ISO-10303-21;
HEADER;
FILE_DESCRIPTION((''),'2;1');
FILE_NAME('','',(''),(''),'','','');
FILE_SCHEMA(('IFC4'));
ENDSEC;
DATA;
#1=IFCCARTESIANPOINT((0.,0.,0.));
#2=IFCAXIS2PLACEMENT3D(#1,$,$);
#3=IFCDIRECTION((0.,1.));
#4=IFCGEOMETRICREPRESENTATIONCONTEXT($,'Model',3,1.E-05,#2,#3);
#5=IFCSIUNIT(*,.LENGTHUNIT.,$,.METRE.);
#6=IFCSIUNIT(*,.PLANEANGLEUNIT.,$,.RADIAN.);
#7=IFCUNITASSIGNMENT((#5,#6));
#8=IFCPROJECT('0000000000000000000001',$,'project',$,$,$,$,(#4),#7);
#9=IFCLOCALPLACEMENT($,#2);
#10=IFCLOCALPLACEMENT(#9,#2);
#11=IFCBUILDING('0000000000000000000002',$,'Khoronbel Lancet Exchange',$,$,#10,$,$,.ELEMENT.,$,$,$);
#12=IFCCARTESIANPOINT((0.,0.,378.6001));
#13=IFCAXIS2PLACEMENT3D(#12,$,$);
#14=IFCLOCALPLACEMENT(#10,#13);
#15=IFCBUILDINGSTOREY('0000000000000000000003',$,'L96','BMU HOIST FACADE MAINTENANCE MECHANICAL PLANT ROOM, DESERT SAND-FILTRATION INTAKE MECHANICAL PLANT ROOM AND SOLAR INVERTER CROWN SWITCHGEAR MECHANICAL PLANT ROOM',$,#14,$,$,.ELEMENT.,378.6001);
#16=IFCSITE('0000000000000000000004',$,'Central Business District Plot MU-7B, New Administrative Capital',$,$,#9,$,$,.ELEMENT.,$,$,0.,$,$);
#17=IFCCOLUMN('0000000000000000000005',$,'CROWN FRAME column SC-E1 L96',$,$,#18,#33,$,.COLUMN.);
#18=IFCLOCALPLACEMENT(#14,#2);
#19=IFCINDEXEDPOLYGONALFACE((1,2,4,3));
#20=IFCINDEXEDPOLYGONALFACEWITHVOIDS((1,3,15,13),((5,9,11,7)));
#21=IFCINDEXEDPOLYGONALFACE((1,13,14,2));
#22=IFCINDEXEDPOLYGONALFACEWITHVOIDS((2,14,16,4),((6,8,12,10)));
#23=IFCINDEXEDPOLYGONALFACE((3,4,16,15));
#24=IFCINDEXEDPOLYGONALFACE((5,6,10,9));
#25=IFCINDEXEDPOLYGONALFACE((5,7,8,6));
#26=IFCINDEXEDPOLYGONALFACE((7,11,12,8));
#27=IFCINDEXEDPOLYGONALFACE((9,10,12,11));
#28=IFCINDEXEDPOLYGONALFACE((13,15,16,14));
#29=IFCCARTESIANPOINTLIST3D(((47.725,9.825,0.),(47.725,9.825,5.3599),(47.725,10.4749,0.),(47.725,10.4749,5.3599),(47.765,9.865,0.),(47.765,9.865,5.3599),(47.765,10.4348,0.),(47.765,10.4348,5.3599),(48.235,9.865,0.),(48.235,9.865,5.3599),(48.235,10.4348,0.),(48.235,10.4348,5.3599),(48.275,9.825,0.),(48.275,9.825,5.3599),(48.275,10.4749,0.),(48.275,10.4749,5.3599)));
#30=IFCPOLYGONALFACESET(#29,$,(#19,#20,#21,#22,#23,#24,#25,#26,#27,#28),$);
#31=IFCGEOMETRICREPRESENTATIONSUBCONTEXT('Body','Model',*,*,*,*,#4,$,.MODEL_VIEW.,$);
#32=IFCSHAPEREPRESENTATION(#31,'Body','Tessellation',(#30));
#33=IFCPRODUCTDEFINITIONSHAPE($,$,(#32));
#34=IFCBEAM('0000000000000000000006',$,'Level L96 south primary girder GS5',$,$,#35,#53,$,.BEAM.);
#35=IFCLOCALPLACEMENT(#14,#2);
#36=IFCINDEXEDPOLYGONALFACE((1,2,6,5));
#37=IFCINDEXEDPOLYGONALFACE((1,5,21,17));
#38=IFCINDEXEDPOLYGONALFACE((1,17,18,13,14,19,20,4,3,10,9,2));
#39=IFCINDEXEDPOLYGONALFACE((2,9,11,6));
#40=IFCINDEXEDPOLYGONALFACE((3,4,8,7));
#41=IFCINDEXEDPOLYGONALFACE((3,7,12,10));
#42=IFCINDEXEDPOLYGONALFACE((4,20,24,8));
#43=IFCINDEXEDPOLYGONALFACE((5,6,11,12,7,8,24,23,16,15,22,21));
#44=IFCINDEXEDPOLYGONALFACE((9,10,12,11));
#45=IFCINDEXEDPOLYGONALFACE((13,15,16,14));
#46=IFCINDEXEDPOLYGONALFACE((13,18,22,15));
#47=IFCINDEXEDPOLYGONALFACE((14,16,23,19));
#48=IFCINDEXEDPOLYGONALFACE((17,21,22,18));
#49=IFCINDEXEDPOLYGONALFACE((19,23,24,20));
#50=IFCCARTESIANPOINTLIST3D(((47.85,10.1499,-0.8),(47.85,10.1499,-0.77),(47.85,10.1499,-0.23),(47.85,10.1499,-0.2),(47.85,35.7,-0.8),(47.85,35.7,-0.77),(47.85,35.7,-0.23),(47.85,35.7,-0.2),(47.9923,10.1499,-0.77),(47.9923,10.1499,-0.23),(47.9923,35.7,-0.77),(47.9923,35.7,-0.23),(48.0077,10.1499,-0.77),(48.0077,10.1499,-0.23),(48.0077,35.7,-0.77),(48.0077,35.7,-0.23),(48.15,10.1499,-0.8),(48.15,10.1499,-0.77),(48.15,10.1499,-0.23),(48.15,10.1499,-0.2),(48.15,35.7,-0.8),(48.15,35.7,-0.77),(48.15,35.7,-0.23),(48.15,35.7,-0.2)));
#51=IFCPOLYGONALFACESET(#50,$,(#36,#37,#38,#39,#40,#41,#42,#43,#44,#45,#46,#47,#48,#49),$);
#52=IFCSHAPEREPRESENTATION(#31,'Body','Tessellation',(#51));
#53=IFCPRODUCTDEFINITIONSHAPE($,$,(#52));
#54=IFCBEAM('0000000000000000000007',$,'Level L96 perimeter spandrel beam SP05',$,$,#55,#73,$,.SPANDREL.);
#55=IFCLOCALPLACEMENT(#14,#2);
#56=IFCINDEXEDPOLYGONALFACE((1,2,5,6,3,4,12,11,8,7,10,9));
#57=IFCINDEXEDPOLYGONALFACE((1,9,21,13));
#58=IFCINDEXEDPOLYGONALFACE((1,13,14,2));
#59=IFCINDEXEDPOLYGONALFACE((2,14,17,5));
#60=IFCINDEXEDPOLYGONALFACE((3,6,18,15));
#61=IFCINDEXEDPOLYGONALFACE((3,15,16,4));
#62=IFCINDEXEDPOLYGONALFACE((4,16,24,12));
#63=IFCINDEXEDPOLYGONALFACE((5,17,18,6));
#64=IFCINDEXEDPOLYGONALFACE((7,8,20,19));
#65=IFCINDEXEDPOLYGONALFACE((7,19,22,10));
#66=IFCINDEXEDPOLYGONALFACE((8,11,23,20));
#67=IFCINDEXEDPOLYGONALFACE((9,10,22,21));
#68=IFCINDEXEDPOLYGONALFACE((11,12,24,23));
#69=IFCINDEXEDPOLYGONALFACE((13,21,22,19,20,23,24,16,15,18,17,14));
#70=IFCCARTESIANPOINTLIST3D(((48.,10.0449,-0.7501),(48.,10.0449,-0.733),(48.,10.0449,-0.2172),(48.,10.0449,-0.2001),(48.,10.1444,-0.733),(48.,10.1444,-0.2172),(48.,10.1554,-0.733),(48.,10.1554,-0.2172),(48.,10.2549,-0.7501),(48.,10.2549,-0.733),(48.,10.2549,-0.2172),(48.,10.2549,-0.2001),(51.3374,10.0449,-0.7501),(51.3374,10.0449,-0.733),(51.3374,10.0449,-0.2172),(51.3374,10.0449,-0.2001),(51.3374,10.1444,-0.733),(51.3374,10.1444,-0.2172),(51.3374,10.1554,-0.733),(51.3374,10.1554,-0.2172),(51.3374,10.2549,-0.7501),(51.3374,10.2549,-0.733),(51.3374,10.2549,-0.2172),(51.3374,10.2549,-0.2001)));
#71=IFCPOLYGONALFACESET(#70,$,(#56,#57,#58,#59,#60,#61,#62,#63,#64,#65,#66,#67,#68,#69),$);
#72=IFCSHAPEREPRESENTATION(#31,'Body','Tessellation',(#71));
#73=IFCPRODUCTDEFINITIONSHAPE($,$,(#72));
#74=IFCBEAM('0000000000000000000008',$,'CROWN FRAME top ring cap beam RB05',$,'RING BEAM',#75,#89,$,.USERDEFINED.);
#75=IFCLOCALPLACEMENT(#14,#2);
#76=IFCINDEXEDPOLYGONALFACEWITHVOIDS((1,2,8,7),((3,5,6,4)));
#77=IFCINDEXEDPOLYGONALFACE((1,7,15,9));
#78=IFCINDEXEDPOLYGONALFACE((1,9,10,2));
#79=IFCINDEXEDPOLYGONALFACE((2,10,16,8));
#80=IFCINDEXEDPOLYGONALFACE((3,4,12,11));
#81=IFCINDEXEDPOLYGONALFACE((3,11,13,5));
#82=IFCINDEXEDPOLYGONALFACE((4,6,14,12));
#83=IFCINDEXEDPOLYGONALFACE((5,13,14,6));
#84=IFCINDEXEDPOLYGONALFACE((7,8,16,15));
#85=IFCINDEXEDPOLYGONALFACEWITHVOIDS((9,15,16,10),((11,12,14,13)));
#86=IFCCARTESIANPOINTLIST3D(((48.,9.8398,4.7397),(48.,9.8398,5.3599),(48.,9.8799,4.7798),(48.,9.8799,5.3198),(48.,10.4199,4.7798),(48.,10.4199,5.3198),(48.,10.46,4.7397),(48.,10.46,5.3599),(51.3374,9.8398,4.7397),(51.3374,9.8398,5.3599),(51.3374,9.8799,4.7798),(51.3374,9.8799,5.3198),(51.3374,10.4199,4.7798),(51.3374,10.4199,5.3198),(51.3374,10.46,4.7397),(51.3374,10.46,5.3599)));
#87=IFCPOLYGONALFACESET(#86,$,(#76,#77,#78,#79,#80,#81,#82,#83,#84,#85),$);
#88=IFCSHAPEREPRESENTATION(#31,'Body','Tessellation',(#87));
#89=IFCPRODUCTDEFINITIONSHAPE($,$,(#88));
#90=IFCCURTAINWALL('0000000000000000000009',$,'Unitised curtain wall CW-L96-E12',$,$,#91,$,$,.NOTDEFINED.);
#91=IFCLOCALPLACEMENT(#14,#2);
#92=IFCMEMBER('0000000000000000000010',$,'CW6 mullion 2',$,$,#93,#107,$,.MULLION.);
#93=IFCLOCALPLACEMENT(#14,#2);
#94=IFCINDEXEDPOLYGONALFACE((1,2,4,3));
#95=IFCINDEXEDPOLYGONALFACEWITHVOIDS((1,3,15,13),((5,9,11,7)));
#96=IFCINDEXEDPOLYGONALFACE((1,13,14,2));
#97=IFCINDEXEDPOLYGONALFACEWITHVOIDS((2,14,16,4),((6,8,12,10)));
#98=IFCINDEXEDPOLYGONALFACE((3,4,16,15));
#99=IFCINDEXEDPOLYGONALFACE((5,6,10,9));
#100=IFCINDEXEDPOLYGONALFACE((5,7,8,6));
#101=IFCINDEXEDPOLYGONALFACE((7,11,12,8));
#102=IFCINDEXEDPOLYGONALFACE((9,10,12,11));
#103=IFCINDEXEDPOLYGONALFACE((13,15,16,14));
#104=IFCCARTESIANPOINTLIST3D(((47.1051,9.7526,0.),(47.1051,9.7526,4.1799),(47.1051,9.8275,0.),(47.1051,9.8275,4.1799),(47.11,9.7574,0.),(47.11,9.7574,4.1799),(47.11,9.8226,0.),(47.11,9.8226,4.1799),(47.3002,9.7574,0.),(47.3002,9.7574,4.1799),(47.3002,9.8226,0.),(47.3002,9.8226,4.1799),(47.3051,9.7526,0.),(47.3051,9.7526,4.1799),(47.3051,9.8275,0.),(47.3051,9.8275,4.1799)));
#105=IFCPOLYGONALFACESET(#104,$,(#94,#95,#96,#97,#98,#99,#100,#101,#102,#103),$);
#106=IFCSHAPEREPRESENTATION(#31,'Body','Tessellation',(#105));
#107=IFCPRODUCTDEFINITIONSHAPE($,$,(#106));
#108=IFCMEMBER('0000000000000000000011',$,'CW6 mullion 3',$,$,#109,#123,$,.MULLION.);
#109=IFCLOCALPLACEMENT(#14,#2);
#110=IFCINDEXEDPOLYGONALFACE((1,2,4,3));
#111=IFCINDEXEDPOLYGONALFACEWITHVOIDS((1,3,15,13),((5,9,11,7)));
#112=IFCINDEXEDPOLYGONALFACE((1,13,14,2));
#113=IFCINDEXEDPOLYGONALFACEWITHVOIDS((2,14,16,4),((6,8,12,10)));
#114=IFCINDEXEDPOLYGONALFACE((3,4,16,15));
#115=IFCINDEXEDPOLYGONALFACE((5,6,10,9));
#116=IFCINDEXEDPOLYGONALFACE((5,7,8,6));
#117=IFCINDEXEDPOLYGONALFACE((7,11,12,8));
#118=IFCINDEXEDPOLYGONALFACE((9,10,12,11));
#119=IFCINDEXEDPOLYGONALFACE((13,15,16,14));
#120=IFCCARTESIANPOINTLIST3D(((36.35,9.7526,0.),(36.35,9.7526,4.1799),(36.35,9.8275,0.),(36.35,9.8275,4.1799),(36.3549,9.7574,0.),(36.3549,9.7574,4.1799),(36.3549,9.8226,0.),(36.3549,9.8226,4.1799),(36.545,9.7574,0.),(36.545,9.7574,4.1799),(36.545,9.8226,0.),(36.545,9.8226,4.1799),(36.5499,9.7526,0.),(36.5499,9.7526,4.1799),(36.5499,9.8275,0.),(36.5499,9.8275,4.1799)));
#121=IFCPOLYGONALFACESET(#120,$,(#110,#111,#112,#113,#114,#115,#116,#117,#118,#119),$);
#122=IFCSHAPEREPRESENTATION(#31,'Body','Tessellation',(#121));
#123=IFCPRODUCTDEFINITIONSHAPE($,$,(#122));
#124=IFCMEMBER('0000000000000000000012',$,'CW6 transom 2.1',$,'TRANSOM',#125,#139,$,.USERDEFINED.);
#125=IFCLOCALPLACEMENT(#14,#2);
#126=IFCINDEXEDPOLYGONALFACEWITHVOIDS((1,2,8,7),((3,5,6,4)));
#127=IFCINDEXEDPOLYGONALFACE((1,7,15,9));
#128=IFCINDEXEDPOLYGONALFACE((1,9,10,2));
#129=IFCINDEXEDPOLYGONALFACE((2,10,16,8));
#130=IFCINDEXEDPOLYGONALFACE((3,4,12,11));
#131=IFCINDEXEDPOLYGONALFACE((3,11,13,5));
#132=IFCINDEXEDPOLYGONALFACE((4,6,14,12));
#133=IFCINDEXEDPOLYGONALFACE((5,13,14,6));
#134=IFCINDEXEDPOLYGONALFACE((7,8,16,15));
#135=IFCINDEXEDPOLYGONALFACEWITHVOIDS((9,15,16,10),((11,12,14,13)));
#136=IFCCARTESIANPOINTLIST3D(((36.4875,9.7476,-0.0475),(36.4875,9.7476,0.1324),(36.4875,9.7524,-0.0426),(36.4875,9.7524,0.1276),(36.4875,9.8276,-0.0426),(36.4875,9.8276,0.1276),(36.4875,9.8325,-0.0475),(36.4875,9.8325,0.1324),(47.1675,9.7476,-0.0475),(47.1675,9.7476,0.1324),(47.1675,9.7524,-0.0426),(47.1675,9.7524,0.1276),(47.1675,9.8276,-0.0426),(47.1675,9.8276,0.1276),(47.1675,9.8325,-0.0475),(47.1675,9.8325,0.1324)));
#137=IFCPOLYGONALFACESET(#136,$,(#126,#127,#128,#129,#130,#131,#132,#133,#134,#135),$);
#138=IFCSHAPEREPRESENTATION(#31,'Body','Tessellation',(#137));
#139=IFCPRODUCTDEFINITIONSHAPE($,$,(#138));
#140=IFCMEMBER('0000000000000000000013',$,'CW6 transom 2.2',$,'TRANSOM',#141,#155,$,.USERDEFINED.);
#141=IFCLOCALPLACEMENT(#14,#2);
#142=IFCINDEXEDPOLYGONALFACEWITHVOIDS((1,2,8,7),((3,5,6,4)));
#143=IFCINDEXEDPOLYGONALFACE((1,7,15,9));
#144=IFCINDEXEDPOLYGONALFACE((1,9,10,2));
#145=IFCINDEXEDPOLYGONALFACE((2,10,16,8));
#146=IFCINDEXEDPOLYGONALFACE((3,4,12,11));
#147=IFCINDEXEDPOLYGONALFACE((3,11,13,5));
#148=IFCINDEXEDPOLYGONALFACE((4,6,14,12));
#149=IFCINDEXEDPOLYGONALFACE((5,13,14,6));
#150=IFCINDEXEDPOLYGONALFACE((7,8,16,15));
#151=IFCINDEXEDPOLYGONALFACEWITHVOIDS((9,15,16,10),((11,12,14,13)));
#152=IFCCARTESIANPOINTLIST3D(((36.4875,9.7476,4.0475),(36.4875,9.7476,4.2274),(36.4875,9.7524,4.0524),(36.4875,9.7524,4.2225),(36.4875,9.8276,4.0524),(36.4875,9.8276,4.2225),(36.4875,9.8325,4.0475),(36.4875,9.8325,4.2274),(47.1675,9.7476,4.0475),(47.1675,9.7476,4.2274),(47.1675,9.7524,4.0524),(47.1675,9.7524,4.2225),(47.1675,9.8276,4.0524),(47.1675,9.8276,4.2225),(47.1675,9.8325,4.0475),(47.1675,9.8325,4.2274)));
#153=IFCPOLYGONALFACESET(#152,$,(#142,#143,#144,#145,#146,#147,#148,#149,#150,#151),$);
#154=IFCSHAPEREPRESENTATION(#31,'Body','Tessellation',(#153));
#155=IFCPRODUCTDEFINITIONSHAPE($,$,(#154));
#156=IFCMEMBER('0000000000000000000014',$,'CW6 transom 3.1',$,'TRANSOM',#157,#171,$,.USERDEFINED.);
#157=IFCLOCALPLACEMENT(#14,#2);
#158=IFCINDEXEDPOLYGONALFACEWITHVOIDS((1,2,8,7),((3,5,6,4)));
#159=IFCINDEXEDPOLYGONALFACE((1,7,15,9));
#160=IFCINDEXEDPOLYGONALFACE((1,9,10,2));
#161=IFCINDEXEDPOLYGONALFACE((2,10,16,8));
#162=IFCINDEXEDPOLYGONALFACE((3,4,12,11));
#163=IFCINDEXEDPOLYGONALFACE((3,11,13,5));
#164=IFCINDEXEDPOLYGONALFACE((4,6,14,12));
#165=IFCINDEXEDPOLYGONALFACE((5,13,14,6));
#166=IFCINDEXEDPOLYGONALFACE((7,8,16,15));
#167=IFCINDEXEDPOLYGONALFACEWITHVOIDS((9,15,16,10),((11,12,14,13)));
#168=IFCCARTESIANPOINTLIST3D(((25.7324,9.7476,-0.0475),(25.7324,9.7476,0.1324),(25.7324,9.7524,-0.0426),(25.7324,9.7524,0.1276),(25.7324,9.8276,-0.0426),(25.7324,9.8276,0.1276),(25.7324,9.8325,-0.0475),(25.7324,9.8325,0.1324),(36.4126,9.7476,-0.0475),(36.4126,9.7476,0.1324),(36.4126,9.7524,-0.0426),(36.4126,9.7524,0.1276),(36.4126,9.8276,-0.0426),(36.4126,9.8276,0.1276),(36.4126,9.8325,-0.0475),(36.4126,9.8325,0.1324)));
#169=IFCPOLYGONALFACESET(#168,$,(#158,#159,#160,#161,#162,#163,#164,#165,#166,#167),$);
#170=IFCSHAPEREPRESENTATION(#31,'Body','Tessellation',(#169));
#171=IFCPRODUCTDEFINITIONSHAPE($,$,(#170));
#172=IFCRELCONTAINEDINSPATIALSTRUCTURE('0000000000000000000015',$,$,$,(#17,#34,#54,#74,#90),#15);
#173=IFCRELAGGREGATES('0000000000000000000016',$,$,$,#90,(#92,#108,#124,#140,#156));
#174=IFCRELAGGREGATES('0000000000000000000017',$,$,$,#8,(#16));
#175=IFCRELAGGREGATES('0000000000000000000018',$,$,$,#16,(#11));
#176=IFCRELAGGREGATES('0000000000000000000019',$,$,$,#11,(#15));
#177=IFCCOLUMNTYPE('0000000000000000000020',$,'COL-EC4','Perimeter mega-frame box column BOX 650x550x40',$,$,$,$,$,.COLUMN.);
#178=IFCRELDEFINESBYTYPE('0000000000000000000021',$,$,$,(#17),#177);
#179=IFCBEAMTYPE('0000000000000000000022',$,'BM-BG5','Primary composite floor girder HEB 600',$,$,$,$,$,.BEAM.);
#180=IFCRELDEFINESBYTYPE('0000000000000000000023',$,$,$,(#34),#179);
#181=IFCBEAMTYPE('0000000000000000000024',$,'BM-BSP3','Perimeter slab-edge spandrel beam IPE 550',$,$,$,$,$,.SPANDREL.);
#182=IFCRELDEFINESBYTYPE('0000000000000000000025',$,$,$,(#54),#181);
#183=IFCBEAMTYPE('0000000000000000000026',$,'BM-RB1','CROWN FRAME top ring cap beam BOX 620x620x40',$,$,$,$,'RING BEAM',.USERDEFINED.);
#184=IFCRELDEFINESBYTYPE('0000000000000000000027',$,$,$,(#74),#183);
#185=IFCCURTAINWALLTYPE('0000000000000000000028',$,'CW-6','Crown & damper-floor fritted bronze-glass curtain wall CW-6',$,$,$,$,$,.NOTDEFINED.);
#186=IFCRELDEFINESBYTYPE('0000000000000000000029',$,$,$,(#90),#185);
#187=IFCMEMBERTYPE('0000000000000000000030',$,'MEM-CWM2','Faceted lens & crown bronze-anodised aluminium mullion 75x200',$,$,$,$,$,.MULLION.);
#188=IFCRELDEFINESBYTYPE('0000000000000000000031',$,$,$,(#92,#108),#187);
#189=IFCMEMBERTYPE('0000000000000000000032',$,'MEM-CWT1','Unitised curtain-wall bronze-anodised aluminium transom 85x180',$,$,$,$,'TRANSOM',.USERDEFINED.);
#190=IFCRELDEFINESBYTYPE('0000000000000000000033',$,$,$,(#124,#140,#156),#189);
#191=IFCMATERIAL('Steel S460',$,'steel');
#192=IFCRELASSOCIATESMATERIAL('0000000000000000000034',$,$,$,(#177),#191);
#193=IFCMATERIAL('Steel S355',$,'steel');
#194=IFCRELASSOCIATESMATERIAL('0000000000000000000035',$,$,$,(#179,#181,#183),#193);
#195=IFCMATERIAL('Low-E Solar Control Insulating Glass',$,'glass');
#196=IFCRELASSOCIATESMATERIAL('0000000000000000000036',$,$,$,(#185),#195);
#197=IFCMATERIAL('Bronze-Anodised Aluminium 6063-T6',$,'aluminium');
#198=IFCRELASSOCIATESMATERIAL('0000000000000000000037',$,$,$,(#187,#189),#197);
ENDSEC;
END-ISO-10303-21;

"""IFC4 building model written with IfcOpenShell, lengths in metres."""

from ifc_helpers import new_model, si_unit, direction, frame, origin, origin_2d, place, context, subcontext, project, spatial, hollow_rectangle, i_section, extrude, material, material_profile, profile_set, type_object, element, aggregate, save


model = new_model("IFC4")

# Units and contexts
model_context = context("Model", 3, precision=1e-05, world=origin(), true_north=direction((0.0, 1.0)))
body_context = subcontext(model_context, "Body", "Model", "MODEL_VIEW")
ifc_project = project(units=[si_unit("LENGTHUNIT", "METRE"), si_unit("PLANEANGLEUNIT", "RADIAN")], contexts=[model_context])

# Site, building, storey
site_placement = place(None, origin())
site = spatial("IfcSite", under=ifc_project, at=site_placement, Name="Central Business District Plot MU-7B, New Administrative Capital", CompositionType="ELEMENT", RefElevation=0.0)
building_placement = place(site_placement, origin())
building = spatial("IfcBuilding", under=site, at=building_placement, Name="Khoronbel Lancet Exchange", CompositionType="ELEMENT")
storey_placement = place(building_placement, frame((0.0, 0.0, 378.6001)))
storey = spatial("IfcBuildingStorey", under=building, at=storey_placement, Name="L96", Description="BMU HOIST FACADE MAINTENANCE MECHANICAL PLANT ROOM, DESERT SAND-FILTRATION INTAKE MECHANICAL PLANT ROOM AND SOLAR INVERTER CROWN SWITCHGEAR MECHANICAL PLANT ROOM", CompositionType="ELEMENT", Elevation=378.6001)

# Column
ifc_material_1 = material(Name="Steel S460", Category="steel")
ifc_material_profile_1 = material_profile(ifc_material_1, hollow_rectangle(XDim=0.55, YDim=0.6499, WallThickness=0.04, at=origin_2d()), Name="BOX 650x550x40")
ifc_profile_set_1 = profile_set([ifc_material_profile_1], Name="Steel S460")
column_type = type_object("IfcColumnType", Name="COL-EC4", Description="Perimeter mega-frame box column BOX 650x550x40", PredefinedType="COLUMN", material=ifc_profile_set_1)
column_placement = place(storey_placement, frame((48.0, 10.1499, 0.0), z_axis=(0.0, 0.0, 1.0), x_axis=(1.0, 0.0, 0.0)))
element("IfcColumn", 1, at=column_placement, inside=storey, type_object=column_type, Name="CROWN FRAME column SC-E1 L96", PredefinedType="COLUMN", context=body_context, shape_type="SweptSolid", body=[
    extrude(hollow_rectangle(XDim=0.55, YDim=0.6499, WallThickness=0.04, at=origin_2d()), origin(), (0.0, 0.0, 1.0), 5.3599),
])

# Beams
ifc_material_2 = material(Name="Steel S355", Category="steel")
ifc_material_profile_2 = material_profile(ifc_material_2, i_section(OverallWidth=0.3, OverallDepth=0.6001, WebThickness=0.0154, FlangeThickness=0.03, at=origin_2d()), Name="HEB 600")
ifc_profile_set_2 = profile_set([ifc_material_profile_2], Name="Steel S355")
beam_type_1 = type_object("IfcBeamType", Name="BM-BG5", Description="Primary composite floor girder HEB 600", PredefinedType="BEAM", material=ifc_profile_set_2)
beam_1_placement = place(storey_placement, frame((48.0, 10.1499, -0.5), z_axis=(0.0, 1.0, 0.0), x_axis=(-1.0, 0.0, 0.0)))
element("IfcBeam", 2, at=beam_1_placement, inside=storey, type_object=beam_type_1, Name="Level L96 south primary girder GS5", PredefinedType="BEAM", context=body_context, shape_type="SweptSolid", body=[
    extrude(i_section(OverallWidth=0.3, OverallDepth=0.6001, WebThickness=0.0154, FlangeThickness=0.03, at=origin_2d()), origin(), (0.0, 0.0, 1.0), 25.55),
])
ifc_material_profile_3 = material_profile(ifc_material_2, i_section(OverallWidth=0.21, OverallDepth=0.55, WebThickness=0.011, FlangeThickness=0.0171, at=origin_2d()), Name="IPE 550")
ifc_profile_set_3 = profile_set([ifc_material_profile_3], Name="Steel S355")
beam_type_2 = type_object("IfcBeamType", Name="BM-BSP3", Description="Perimeter slab-edge spandrel beam IPE 550", PredefinedType="SPANDREL", material=ifc_profile_set_3)
beam_2_placement = place(storey_placement, frame((48.0, 10.1499, -0.4751), z_axis=(1.0, 0.0, 0.0), x_axis=(0.0, 1.0, 0.0)))
element("IfcBeam", 3, at=beam_2_placement, inside=storey, type_object=beam_type_2, Name="Level L96 perimeter spandrel beam SP05", PredefinedType="SPANDREL", context=body_context, shape_type="SweptSolid", body=[
    extrude(i_section(OverallWidth=0.21, OverallDepth=0.55, WebThickness=0.011, FlangeThickness=0.0171, at=origin_2d()), origin(), (0.0, 0.0, 1.0), 3.3374),
])
ifc_material_profile_4 = material_profile(ifc_material_2, hollow_rectangle(XDim=0.6201, YDim=0.6201, WallThickness=0.04, at=origin_2d()), Name="BOX 620x620x40")
ifc_profile_set_4 = profile_set([ifc_material_profile_4], Name="Steel S355")
beam_type_3 = type_object("IfcBeamType", Name="BM-RB1", Description="CROWN FRAME top ring cap beam BOX 620x620x40", ElementType="RING BEAM", PredefinedType="USERDEFINED", material=ifc_profile_set_4)
beam_3_placement = place(storey_placement, frame((48.0, 10.1499, 5.0498), z_axis=(1.0, 0.0, 0.0), x_axis=(0.0, 1.0, 0.0)))
element("IfcBeam", 4, at=beam_3_placement, inside=storey, type_object=beam_type_3, Name="CROWN FRAME top ring cap beam RB05", ObjectType="RING BEAM", PredefinedType="USERDEFINED", context=body_context, shape_type="SweptSolid", body=[
    extrude(hollow_rectangle(XDim=0.6201, YDim=0.6201, WallThickness=0.04, at=origin_2d()), origin(), (0.0, 0.0, 1.0), 3.3374),
])

# Curtain wall, members
ifc_material_3 = material(Name="Low-E Solar Control Insulating Glass", Category="glass")
curtain_wall_type = type_object("IfcCurtainWallType", Name="CW-6", Description="Crown & damper-floor fritted bronze-glass curtain wall CW-6", PredefinedType="NOTDEFINED", material=ifc_material_3)
curtain_wall_placement = place(storey_placement, origin())
curtain_wall = element("IfcCurtainWall", 5, at=curtain_wall_placement, inside=storey, type_object=curtain_wall_type, Name="Unitised curtain wall CW-L96-E12", PredefinedType="NOTDEFINED")
ifc_material_4 = material(Name="Bronze-Anodised Aluminium 6063-T6", Category="aluminium")
ifc_material_profile_5 = material_profile(ifc_material_4, hollow_rectangle(XDim=0.075, YDim=0.2, WallThickness=0.0049, at=origin_2d()), Name="ALU MULLION 75x200")
ifc_profile_set_5 = profile_set([ifc_material_profile_5], Name="Bronze-Anodised Aluminium 6063-T6")
member_type_1 = type_object("IfcMemberType", Name="MEM-CWM2", Description="Faceted lens & crown bronze-anodised aluminium mullion 75x200", PredefinedType="MULLION", material=ifc_profile_set_5)
member_1_placement = place(storey_placement, frame((47.2051, 9.79, 0.0), z_axis=(0.0, 0.0, 1.0), x_axis=(0.0, -1.0, 0.0)))
member_1 = element("IfcMember", 6, at=member_1_placement, type_object=member_type_1, Name="CW6 mullion 2", PredefinedType="MULLION", context=body_context, shape_type="SweptSolid", body=[
    extrude(hollow_rectangle(XDim=0.075, YDim=0.2, WallThickness=0.0049, at=origin_2d()), origin(), (0.0, 0.0, 1.0), 4.1799),
])
member_2_placement = place(storey_placement, frame((36.45, 9.79, 0.0), z_axis=(0.0, 0.0, 1.0), x_axis=(0.0, -1.0, 0.0)))
member_2 = element("IfcMember", 7, at=member_2_placement, type_object=member_type_1, Name="CW6 mullion 3", PredefinedType="MULLION", context=body_context, shape_type="SweptSolid", body=[
    extrude(hollow_rectangle(XDim=0.075, YDim=0.2, WallThickness=0.0049, at=origin_2d()), origin(), (0.0, 0.0, 1.0), 4.1799),
])
ifc_material_profile_6 = material_profile(ifc_material_4, hollow_rectangle(XDim=0.085, YDim=0.1799, WallThickness=0.0049, at=origin_2d()), Name="ALU TRANSOM 85x180")
ifc_profile_set_6 = profile_set([ifc_material_profile_6], Name="Bronze-Anodised Aluminium 6063-T6")
member_type_2 = type_object("IfcMemberType", Name="MEM-CWT1", Description="Unitised curtain-wall bronze-anodised aluminium transom 85x180", ElementType="TRANSOM", PredefinedType="USERDEFINED", material=ifc_profile_set_6)
member_3_placement = place(storey_placement, frame((47.1675, 9.79, 0.0425), z_axis=(-1.0, 0.0, 0.0), x_axis=(0.0, -1.0, 0.0)))
member_3 = element("IfcMember", 8, at=member_3_placement, type_object=member_type_2, Name="CW6 transom 2.1", ObjectType="TRANSOM", PredefinedType="USERDEFINED", context=body_context, shape_type="SweptSolid", body=[
    extrude(hollow_rectangle(XDim=0.085, YDim=0.1799, WallThickness=0.0049, at=origin_2d()), origin(), (0.0, 0.0, 1.0), 10.6799),
])
member_4_placement = place(storey_placement, frame((47.1675, 9.79, 4.1375), z_axis=(-1.0, 0.0, 0.0), x_axis=(0.0, -1.0, 0.0)))
member_4 = element("IfcMember", 9, at=member_4_placement, type_object=member_type_2, Name="CW6 transom 2.2", ObjectType="TRANSOM", PredefinedType="USERDEFINED", context=body_context, shape_type="SweptSolid", body=[
    extrude(hollow_rectangle(XDim=0.085, YDim=0.1799, WallThickness=0.0049, at=origin_2d()), origin(), (0.0, 0.0, 1.0), 10.6799),
])
member_5_placement = place(storey_placement, frame((36.4126, 9.79, 0.0425), z_axis=(-1.0, 0.0, 0.0), x_axis=(0.0, -1.0, 0.0)))
member_5 = element("IfcMember", 10, at=member_5_placement, type_object=member_type_2, Name="CW6 transom 3.1", ObjectType="TRANSOM", PredefinedType="USERDEFINED", context=body_context, shape_type="SweptSolid", body=[
    extrude(hollow_rectangle(XDim=0.085, YDim=0.1799, WallThickness=0.0049, at=origin_2d()), origin(), (0.0, 0.0, 1.0), 10.6802),
])

aggregate(curtain_wall, [member_1, member_2, member_3, member_4, member_5])

save(model, "model.ifc")
